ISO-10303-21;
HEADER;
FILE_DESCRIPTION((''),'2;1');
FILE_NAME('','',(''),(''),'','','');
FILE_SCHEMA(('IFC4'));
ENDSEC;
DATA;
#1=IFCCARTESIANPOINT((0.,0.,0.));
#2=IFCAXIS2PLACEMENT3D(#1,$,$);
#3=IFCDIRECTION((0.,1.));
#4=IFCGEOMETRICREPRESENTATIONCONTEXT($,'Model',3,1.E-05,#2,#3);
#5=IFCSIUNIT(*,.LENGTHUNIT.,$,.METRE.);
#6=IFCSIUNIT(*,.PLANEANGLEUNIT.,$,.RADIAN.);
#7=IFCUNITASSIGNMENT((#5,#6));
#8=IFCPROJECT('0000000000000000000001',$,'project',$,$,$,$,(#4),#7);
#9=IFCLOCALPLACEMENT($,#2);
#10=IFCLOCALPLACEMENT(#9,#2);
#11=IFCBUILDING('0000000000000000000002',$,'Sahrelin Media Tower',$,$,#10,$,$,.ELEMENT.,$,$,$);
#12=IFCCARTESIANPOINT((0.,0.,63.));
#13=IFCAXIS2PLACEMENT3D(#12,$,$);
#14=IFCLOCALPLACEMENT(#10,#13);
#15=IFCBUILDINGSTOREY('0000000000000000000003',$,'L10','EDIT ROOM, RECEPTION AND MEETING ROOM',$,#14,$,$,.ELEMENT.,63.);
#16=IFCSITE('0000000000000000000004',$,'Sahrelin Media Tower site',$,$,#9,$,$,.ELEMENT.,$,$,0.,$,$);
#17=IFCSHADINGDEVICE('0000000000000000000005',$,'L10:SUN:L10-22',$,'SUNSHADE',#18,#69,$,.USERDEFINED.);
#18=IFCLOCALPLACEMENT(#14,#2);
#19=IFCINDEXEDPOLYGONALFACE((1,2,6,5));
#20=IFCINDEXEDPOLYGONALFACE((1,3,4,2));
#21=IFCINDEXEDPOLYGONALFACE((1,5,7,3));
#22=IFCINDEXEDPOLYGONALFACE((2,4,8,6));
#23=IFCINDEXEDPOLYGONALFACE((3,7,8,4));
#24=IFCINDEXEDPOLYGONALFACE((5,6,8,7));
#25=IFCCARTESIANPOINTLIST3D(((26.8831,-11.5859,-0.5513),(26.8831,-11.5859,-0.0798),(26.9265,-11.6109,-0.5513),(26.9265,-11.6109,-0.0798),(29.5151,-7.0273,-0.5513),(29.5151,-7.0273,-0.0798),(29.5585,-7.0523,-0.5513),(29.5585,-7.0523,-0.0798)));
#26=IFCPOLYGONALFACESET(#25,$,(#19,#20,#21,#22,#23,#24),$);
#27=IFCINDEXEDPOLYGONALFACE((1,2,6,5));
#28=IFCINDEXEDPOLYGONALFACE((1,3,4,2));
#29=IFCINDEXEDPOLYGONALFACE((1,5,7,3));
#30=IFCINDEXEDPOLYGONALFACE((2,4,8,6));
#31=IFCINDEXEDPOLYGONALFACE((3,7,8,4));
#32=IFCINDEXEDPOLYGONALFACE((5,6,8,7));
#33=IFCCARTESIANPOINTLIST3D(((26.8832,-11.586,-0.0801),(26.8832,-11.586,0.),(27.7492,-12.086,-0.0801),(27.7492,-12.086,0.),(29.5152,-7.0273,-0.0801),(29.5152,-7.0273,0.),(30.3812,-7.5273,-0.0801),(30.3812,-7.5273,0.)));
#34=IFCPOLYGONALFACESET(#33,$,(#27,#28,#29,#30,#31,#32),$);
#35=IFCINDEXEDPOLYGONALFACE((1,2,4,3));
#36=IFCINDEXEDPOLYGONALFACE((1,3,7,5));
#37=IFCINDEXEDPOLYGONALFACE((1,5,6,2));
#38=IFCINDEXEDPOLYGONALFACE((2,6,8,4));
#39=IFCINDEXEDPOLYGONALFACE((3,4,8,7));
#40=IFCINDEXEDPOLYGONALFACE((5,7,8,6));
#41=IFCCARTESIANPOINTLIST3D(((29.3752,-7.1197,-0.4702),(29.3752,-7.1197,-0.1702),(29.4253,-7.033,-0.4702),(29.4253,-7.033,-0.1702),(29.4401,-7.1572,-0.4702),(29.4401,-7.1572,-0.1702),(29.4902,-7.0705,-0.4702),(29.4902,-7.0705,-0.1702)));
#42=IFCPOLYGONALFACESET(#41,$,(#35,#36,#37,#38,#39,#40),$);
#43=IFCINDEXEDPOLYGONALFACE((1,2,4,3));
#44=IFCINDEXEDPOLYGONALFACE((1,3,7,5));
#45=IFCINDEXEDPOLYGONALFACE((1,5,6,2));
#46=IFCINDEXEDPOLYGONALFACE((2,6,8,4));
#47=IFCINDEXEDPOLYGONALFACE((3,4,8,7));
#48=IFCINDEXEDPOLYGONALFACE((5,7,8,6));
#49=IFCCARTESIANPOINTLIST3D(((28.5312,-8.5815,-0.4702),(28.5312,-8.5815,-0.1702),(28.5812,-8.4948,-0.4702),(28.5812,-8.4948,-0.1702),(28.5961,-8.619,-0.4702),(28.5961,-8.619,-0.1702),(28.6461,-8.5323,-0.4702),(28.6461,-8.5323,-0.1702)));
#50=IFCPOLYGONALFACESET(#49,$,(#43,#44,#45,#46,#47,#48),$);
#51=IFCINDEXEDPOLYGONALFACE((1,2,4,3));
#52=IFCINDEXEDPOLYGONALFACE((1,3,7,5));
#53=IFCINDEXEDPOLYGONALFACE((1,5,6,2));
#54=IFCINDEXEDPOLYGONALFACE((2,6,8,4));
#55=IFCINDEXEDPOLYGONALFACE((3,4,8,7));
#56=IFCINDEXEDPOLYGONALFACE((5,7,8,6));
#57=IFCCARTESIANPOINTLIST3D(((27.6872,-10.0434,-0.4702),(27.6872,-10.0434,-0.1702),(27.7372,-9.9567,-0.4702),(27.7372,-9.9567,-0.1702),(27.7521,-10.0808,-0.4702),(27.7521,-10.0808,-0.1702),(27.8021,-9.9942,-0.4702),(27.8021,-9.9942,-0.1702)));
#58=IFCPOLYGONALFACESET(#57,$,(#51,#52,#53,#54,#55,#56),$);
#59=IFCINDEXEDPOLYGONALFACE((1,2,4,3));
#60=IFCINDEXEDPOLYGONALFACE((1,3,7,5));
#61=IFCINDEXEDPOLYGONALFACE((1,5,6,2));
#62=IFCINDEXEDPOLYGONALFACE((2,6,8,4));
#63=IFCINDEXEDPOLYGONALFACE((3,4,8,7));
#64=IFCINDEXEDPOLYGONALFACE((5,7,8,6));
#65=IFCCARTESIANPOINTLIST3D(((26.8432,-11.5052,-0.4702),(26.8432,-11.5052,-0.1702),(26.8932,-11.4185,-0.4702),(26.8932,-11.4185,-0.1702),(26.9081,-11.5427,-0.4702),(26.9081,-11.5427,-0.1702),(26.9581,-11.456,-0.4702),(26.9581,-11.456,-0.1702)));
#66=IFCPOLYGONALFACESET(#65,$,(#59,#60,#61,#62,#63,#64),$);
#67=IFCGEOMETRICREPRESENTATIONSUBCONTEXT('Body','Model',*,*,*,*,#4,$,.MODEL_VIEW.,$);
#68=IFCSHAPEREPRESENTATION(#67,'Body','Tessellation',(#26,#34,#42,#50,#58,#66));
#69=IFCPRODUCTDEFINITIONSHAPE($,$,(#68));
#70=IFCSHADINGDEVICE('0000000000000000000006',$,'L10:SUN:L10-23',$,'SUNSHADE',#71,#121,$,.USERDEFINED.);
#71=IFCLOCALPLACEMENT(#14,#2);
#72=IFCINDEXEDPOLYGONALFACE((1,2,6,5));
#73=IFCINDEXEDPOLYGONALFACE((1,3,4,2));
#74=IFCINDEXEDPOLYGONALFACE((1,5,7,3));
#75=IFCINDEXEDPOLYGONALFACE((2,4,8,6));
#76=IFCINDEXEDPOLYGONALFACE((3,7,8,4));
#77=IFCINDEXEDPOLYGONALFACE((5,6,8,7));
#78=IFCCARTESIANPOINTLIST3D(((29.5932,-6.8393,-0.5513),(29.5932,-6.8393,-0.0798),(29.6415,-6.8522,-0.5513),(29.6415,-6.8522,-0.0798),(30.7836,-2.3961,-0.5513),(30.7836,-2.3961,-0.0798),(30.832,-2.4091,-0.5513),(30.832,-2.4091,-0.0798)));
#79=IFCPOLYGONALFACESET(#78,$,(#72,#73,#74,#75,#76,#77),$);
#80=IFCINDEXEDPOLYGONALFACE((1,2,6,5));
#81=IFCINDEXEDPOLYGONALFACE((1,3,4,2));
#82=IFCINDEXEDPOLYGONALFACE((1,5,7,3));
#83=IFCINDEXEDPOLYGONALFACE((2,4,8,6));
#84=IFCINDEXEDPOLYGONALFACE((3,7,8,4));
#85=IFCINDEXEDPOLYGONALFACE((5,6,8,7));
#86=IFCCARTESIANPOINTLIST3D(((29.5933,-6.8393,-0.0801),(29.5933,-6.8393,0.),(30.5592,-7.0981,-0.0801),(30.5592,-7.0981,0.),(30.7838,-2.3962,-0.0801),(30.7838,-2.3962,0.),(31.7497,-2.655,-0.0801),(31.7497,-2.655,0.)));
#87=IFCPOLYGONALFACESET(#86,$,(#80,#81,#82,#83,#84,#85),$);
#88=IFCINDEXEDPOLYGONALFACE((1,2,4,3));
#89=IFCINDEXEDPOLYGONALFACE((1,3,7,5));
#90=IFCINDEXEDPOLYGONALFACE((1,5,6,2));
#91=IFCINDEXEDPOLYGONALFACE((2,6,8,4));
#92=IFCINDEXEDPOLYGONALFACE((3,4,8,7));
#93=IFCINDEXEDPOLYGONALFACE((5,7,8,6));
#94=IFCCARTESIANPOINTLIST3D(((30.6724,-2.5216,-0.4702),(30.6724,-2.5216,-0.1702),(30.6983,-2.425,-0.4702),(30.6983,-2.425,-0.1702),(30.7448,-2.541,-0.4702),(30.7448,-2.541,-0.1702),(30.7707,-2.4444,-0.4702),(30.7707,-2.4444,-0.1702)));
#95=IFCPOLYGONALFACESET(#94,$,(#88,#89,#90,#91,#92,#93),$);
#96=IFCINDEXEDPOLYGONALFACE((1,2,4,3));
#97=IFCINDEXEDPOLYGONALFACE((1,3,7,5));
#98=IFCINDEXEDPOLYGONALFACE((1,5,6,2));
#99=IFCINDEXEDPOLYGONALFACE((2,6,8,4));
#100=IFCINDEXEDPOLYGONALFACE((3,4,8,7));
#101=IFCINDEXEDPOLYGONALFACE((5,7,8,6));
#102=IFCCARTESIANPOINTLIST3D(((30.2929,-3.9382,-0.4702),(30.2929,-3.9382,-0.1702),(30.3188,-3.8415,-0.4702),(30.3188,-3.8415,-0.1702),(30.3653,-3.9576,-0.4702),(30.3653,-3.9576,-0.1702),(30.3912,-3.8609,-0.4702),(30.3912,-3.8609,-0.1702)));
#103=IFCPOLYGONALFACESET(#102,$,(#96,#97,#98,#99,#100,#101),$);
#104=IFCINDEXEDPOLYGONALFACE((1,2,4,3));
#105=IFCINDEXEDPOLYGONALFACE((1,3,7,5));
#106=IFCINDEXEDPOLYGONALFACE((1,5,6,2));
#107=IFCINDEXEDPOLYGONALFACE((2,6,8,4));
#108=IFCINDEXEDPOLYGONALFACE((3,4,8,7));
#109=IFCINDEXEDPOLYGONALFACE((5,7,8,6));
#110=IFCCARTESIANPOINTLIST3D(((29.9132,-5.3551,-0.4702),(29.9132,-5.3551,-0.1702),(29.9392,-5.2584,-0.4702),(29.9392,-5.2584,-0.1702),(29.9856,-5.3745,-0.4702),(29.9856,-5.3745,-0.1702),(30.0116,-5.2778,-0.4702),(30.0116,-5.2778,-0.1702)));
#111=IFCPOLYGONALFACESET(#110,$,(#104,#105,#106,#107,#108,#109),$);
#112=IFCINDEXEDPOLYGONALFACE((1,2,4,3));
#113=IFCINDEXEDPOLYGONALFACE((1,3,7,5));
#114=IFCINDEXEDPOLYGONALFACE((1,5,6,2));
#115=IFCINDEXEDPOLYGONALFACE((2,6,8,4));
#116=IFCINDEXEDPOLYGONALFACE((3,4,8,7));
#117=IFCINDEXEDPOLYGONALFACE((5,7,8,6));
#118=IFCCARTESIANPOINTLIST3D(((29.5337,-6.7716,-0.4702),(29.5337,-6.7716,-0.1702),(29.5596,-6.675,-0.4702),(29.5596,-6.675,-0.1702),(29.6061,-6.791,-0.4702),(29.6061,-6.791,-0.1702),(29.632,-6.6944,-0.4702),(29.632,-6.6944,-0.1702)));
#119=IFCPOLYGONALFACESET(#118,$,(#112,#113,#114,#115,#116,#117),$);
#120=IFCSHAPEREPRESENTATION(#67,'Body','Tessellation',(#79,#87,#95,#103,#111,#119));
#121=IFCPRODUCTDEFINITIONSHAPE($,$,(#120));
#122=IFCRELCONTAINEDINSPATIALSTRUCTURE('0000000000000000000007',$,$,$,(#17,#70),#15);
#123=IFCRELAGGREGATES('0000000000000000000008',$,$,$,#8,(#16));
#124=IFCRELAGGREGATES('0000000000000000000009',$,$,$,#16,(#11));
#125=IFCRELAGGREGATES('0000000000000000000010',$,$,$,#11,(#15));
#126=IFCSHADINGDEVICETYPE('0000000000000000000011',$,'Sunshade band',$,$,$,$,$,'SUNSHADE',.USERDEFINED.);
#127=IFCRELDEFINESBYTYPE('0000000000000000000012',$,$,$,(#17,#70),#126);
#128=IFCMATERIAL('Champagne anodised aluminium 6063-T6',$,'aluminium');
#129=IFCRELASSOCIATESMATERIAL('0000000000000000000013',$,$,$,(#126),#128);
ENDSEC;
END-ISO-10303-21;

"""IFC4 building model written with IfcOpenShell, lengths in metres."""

from ifc_helpers import new_model, si_unit, direction, frame, origin, origin_2d, place, context, subcontext, project, spatial, rectangle, extrude, material, type_object, element, save


model = new_model("IFC4")

# Units and contexts
model_context = context("Model", 3, precision=1e-05, world=origin(), true_north=direction((0.0, 1.0)))
body_context = subcontext(model_context, "Body", "Model", "MODEL_VIEW")
ifc_project = project(units=[si_unit("LENGTHUNIT", "METRE"), si_unit("PLANEANGLEUNIT", "RADIAN")], contexts=[model_context])

# Site, building, storey
site_placement = place(None, origin())
site = spatial("IfcSite", under=ifc_project, at=site_placement, Name="Sahrelin Media Tower site", CompositionType="ELEMENT", RefElevation=0.0)
building_placement = place(site_placement, origin())
building = spatial("IfcBuilding", under=site, at=building_placement, Name="Sahrelin Media Tower", CompositionType="ELEMENT")
storey_placement = place(building_placement, frame((0.0, 0.0, 63.0)))
storey = spatial("IfcBuildingStorey", under=building, at=storey_placement, Name="L10", Description="EDIT ROOM, RECEPTION AND MEETING ROOM", CompositionType="ELEMENT", Elevation=63.0)

# Shared definitions
ifc_material_1 = material(Name="Champagne anodised aluminium 6063-T6", Category="aluminium")

# Shading devices
placement_1 = place(storey_placement, frame((28.1819, -9.2966, 0.0), z_axis=(0.0, 0.0, 1.0), x_axis=(-0.500011, -0.866019, 0.0)))
placement_2 = place(storey_placement, frame((30.1692, -4.6125, 0.0), z_axis=(0.0, 0.0, 1.0), x_axis=(-0.258808, -0.965929, 0.0)))
shading_device_type_1 = type_object("IfcShadingDeviceType", Name="Sunshade band", ElementType="SUNSHADE", PredefinedType="USERDEFINED", material=ifc_material_1)
element("IfcShadingDevice", 1, at=placement_1, inside=storey, type_object=shading_device_type_1, Name="L10:SUN:L10-22", ObjectType="SUNSHADE", PredefinedType="USERDEFINED", context=body_context, shape_type="SweptSolid", body=[
    extrude(rectangle(XDim=5.2639, YDim=0.05, at=origin_2d()), frame((0.0, 0.0449, -0.5513)), (0.0, 0.0, 1.0), 0.4714),
    extrude(rectangle(XDim=5.2639, YDim=1.0, at=origin_2d()), frame((0.0, 0.52, -0.0801)), (0.0, 0.0, 1.0), 0.0801),
    extrude(rectangle(XDim=0.1001, YDim=0.075, at=origin_2d()), frame((-2.532, -0.0176, -0.4702)), (0.0, 0.0, 1.0), 0.3),
    extrude(rectangle(XDim=0.1001, YDim=0.075, at=origin_2d()), frame((-0.844, -0.0176, -0.4702)), (0.0, 0.0, 1.0), 0.3),
    extrude(rectangle(XDim=0.1001, YDim=0.075, at=origin_2d()), frame((0.844, -0.0176, -0.4702)), (0.0, 0.0, 1.0), 0.3),
    extrude(rectangle(XDim=0.1001, YDim=0.075, at=origin_2d()), frame((2.532, -0.0176, -0.4702)), (0.0, 0.0, 1.0), 0.3),
])
element("IfcShadingDevice", 2, at=placement_2, inside=storey, type_object=shading_device_type_1, Name="L10:SUN:L10-23", ObjectType="SUNSHADE", PredefinedType="USERDEFINED", context=body_context, shape_type="SweptSolid", body=[
    extrude(rectangle(XDim=4.5999, YDim=0.05, at=origin_2d()), frame((0.0, 0.0449, -0.5513)), (0.0, 0.0, 1.0), 0.4714),
    extrude(rectangle(XDim=4.5999, YDim=1.0, at=origin_2d()), frame((0.0, 0.52, -0.0801)), (0.0, 0.0, 1.0), 0.0801),
    extrude(rectangle(XDim=0.1001, YDim=0.075, at=origin_2d()), frame((-2.2, -0.0176, -0.4702)), (0.0, 0.0, 1.0), 0.3),
    extrude(rectangle(XDim=0.1001, YDim=0.075, at=origin_2d()), frame((-0.7334, -0.0176, -0.4702)), (0.0, 0.0, 1.0), 0.3),
    extrude(rectangle(XDim=0.1001, YDim=0.075, at=origin_2d()), frame((0.7334, -0.0176, -0.4702)), (0.0, 0.0, 1.0), 0.3),
    extrude(rectangle(XDim=0.1001, YDim=0.075, at=origin_2d()), frame((2.2, -0.0176, -0.4702)), (0.0, 0.0, 1.0), 0.3),
])

save(model, "model.ifc")
